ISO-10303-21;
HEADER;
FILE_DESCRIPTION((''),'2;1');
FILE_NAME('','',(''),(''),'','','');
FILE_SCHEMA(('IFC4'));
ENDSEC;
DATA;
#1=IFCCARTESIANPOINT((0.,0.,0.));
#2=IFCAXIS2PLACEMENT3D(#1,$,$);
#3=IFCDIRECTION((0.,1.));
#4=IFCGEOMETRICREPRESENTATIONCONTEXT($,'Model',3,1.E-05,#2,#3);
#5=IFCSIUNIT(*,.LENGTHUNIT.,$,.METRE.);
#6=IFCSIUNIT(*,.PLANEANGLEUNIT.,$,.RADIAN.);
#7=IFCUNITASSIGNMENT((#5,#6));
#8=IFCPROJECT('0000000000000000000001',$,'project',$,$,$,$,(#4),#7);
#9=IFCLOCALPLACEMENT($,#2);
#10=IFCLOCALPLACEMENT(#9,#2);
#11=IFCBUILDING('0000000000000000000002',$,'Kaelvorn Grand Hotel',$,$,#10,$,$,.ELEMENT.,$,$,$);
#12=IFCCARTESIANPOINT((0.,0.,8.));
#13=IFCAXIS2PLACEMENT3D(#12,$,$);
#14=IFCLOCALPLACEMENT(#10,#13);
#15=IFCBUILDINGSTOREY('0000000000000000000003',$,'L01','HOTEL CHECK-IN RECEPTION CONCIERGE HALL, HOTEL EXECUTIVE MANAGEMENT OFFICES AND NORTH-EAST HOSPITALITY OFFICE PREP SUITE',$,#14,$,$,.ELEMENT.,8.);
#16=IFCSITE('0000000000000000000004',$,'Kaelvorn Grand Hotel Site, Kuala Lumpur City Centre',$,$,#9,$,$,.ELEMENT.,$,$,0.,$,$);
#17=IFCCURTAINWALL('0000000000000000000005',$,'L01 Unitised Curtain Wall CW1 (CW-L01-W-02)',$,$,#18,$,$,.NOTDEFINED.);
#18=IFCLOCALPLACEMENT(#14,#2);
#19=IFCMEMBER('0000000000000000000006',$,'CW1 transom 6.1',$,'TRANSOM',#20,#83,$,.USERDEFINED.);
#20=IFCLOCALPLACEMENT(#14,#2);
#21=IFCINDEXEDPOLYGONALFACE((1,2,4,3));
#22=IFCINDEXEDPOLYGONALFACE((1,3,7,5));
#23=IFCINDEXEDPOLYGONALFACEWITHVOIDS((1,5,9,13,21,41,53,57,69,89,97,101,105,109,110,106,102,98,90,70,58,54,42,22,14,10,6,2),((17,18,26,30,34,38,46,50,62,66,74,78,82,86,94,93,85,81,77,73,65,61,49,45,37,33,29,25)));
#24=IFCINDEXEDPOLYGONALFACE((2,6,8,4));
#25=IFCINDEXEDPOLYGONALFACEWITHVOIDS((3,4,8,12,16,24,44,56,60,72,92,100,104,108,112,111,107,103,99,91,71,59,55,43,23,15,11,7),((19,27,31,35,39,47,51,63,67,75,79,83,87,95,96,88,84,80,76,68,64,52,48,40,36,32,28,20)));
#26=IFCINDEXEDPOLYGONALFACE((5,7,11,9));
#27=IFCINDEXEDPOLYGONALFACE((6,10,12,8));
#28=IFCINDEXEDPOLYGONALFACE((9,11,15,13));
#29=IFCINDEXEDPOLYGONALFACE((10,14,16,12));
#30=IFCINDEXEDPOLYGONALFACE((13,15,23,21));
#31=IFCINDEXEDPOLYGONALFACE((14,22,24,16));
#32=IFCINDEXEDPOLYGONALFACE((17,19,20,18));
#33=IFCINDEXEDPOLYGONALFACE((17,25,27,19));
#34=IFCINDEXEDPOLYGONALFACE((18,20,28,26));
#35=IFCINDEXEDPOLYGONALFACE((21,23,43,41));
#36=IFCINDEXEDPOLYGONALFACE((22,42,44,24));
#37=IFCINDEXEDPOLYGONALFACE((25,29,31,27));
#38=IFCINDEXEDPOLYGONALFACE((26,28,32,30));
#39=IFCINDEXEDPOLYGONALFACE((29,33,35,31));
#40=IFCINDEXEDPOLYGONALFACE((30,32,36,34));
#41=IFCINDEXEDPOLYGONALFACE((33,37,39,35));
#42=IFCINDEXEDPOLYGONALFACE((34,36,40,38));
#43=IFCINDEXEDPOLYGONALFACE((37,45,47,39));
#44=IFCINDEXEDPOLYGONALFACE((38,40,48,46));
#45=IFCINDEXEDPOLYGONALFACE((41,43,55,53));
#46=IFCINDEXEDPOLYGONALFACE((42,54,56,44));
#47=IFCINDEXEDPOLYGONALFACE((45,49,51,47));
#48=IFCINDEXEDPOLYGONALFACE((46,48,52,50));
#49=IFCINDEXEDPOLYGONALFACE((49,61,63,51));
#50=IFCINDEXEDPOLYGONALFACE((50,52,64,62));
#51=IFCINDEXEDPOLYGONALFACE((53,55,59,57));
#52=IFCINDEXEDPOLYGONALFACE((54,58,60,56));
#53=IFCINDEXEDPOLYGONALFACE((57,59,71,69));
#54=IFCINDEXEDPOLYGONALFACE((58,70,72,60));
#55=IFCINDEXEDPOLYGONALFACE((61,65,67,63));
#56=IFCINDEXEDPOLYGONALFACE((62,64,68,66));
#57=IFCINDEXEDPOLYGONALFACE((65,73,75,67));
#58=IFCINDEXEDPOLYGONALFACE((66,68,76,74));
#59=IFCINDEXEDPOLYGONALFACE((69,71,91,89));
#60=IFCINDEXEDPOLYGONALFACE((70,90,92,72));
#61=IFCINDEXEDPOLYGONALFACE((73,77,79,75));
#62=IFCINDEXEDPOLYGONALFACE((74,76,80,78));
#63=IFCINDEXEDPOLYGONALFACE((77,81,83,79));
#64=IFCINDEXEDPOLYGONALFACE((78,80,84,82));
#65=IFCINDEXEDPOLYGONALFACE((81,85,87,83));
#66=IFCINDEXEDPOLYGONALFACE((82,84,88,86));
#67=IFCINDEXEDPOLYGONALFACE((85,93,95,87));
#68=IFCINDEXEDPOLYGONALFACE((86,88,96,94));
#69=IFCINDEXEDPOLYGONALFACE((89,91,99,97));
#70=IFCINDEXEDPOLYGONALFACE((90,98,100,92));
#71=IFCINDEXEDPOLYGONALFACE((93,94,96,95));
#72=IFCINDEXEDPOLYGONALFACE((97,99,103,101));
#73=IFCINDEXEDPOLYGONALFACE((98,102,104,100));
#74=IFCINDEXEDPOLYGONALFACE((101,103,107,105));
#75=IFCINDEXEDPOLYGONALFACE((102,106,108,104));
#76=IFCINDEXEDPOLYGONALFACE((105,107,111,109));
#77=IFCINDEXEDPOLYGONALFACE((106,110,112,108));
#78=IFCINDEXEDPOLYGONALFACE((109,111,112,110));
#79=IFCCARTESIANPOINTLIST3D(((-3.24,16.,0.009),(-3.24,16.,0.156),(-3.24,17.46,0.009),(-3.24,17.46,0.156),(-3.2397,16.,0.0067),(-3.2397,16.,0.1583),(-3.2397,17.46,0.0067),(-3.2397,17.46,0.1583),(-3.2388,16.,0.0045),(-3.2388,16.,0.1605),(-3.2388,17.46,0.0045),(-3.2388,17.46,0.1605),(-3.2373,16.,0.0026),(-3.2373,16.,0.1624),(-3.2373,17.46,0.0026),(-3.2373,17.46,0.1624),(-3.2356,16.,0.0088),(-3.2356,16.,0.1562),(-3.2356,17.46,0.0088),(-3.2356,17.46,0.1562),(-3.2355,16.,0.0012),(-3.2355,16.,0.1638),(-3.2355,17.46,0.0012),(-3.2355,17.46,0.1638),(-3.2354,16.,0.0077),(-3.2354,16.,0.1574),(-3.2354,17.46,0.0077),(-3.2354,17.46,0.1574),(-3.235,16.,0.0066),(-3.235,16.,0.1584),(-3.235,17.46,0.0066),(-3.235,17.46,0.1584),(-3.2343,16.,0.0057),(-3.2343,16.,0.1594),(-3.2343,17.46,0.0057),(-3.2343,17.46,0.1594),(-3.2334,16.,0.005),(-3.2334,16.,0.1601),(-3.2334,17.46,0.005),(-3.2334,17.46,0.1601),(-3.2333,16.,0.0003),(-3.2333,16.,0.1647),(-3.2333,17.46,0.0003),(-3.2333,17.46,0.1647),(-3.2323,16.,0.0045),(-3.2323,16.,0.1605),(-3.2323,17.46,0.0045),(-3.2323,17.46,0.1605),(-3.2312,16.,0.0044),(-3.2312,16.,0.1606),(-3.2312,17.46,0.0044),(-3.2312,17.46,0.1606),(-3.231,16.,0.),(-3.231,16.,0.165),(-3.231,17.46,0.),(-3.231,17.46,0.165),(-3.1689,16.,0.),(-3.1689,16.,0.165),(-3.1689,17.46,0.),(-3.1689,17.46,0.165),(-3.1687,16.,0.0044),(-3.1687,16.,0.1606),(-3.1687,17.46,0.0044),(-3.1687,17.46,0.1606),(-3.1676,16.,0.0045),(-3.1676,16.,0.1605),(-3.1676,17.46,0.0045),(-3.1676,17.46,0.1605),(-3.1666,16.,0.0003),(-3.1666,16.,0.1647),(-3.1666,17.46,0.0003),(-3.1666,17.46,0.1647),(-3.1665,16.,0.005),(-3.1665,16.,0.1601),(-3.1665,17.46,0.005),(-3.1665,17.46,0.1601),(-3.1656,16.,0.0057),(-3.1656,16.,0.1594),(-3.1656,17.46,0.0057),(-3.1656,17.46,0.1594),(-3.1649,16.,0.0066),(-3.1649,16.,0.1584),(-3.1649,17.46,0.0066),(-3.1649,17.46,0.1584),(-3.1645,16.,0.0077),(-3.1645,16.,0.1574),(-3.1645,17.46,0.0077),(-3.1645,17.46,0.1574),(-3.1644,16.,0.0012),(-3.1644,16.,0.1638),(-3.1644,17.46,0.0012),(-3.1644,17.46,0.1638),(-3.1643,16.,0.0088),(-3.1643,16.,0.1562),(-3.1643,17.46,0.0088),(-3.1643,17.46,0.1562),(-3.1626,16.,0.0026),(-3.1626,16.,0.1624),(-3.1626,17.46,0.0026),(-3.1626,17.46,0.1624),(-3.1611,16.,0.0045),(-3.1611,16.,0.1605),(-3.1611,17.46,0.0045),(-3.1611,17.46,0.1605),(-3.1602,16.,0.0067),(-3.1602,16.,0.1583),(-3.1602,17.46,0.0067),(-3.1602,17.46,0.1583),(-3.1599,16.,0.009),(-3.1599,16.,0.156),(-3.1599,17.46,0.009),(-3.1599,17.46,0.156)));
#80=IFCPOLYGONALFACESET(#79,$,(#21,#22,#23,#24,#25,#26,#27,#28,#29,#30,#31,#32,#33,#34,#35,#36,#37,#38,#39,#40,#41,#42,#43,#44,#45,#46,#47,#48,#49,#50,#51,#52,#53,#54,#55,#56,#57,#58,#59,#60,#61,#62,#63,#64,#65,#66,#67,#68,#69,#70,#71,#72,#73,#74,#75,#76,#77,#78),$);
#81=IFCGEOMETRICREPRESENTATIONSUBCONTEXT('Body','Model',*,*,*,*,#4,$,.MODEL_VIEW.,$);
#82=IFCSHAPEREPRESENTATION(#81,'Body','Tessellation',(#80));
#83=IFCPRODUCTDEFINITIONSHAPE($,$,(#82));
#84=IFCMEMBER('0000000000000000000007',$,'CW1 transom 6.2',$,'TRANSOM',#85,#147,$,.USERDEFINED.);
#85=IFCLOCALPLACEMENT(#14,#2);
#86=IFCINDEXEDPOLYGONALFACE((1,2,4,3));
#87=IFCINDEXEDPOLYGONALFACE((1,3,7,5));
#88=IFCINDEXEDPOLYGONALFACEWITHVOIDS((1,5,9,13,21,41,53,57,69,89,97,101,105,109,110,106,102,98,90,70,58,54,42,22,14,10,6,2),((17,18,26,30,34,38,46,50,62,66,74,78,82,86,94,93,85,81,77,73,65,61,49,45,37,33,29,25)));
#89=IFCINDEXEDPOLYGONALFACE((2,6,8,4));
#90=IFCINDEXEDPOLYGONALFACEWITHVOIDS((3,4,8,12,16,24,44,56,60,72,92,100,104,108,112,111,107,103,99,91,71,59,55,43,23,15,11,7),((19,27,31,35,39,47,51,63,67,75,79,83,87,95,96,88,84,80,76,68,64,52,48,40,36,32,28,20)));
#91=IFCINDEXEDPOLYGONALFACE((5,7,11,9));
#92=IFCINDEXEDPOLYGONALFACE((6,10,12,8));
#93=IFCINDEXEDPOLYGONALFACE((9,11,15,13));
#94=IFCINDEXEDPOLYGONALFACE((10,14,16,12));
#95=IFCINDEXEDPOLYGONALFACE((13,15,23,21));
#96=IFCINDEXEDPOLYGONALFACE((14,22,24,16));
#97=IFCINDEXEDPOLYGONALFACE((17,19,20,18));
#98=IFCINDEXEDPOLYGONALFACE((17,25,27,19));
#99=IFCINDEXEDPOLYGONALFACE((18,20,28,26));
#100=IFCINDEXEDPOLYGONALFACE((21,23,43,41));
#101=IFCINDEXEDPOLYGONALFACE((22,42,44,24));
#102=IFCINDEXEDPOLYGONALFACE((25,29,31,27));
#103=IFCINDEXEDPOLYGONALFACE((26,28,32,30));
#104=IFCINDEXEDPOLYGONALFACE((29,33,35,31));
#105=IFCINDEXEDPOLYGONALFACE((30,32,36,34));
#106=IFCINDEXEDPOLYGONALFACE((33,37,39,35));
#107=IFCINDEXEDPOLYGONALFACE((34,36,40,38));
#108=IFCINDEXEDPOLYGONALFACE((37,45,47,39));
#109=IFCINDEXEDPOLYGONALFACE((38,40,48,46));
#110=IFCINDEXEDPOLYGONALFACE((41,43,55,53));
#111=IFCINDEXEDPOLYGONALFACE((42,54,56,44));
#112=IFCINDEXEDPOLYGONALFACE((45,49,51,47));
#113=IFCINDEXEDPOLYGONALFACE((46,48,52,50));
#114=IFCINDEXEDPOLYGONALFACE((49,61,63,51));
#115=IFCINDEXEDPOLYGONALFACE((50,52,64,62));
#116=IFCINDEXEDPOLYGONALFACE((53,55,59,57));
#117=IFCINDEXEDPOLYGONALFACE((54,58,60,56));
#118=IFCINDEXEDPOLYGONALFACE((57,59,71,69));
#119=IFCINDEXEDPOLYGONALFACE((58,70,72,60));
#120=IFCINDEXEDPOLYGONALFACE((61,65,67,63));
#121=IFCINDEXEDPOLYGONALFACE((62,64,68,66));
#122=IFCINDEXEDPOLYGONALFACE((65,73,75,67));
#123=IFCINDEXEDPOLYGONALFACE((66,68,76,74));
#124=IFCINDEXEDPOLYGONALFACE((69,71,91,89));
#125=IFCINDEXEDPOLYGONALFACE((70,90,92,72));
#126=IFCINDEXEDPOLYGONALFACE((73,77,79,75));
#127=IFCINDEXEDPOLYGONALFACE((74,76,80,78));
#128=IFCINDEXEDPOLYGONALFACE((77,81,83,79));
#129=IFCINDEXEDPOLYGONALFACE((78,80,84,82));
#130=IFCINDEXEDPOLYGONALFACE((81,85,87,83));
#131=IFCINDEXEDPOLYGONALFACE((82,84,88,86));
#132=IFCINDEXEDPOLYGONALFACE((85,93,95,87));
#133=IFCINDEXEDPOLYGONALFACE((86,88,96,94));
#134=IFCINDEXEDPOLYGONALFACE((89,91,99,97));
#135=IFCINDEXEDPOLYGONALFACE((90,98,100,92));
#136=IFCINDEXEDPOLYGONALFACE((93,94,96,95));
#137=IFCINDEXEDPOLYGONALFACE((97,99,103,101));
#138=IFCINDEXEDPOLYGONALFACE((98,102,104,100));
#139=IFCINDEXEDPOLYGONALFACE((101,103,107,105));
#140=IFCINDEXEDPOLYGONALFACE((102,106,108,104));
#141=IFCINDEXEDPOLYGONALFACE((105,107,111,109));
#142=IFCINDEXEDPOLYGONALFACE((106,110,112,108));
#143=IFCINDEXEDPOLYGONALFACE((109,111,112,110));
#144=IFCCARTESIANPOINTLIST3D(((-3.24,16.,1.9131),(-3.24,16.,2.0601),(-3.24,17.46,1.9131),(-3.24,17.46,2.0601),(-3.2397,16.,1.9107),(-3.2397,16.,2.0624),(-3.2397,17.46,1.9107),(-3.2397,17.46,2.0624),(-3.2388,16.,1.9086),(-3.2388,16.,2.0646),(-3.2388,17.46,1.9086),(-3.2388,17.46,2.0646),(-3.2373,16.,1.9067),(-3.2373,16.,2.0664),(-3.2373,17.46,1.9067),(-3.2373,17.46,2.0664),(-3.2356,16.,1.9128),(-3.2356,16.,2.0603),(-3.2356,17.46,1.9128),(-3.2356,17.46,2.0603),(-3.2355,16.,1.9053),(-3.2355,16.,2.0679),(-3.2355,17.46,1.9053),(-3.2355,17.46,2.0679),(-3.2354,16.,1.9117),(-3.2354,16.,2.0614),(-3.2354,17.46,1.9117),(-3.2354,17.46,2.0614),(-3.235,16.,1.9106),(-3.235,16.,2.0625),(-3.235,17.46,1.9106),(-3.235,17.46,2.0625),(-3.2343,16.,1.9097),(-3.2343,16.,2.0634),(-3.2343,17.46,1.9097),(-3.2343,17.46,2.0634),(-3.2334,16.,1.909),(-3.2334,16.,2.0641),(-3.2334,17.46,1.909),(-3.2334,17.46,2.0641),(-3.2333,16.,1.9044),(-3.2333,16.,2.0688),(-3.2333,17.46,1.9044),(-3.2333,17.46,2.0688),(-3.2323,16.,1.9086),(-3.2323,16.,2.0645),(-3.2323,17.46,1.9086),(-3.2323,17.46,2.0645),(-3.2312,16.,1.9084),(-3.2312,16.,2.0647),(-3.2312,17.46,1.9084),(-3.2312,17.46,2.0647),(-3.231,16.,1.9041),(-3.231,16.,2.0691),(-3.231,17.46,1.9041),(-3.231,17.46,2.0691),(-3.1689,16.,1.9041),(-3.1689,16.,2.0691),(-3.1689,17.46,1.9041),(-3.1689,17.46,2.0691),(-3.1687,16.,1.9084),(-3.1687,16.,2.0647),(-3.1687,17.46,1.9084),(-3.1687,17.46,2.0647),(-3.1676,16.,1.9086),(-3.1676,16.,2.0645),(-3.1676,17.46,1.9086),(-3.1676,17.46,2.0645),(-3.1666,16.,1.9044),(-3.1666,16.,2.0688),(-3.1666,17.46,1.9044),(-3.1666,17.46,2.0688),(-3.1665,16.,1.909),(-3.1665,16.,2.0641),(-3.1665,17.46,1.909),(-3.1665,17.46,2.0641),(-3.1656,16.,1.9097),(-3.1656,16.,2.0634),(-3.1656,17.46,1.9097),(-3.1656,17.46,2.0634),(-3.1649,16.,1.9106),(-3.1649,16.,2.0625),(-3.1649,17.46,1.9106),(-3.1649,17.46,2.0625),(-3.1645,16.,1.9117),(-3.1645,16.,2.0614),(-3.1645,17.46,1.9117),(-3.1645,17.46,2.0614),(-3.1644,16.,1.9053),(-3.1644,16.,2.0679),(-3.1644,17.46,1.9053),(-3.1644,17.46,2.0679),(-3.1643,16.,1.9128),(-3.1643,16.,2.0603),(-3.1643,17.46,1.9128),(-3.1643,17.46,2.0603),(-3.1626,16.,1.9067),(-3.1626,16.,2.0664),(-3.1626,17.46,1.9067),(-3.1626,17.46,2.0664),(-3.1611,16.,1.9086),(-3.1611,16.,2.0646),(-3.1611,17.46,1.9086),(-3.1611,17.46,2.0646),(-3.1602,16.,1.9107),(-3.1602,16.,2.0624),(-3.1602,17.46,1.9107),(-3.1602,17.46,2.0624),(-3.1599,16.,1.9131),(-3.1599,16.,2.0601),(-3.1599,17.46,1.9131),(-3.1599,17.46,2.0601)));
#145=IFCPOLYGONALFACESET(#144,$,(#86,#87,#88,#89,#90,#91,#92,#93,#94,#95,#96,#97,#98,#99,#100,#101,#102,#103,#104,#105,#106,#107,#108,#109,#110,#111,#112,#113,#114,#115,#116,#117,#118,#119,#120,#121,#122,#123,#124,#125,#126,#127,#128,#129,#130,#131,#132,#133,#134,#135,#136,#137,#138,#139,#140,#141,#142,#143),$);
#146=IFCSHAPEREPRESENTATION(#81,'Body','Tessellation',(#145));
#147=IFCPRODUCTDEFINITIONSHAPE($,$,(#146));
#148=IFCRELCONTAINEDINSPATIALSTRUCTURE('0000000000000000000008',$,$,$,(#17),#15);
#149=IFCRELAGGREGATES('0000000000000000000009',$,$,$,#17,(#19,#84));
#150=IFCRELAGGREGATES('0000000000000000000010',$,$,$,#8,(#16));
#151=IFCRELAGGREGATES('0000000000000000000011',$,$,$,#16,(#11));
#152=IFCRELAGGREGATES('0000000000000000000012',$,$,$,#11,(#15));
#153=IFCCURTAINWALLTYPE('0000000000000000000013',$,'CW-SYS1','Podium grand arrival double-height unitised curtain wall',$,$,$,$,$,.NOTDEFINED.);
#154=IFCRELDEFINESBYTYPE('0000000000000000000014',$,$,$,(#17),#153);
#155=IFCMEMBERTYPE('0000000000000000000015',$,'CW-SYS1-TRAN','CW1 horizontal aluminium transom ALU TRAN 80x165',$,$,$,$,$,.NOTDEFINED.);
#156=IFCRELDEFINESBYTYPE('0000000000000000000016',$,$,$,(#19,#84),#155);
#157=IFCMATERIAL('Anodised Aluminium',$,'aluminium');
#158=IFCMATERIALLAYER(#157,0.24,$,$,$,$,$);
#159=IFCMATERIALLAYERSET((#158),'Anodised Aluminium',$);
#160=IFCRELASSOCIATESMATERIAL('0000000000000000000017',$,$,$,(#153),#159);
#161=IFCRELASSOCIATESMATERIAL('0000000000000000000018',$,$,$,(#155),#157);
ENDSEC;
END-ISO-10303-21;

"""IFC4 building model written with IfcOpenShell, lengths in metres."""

from ifc_helpers import new_model, si_unit, direction, frame, origin, origin_2d, place, context, subcontext, project, spatial, hollow_rectangle, extrude, material, layer, layer_set, material_profile, profile_set, type_object, element, aggregate, save


model = new_model("IFC4")

# Units and contexts
model_context = context("Model", 3, precision=1e-05, world=origin(), true_north=direction((0.0, 1.0)))
body_context = subcontext(model_context, "Body", "Model", "MODEL_VIEW")
ifc_project = project(units=[si_unit("LENGTHUNIT", "METRE"), si_unit("PLANEANGLEUNIT", "RADIAN")], contexts=[model_context])

# Site, building, storey
site_placement = place(None, origin())
site = spatial("IfcSite", under=ifc_project, at=site_placement, Name="Kaelvorn Grand Hotel Site, Kuala Lumpur City Centre", CompositionType="ELEMENT", RefElevation=0.0)
building_placement = place(site_placement, origin())
building = spatial("IfcBuilding", under=site, at=building_placement, Name="Kaelvorn Grand Hotel", CompositionType="ELEMENT")
storey_placement = place(building_placement, frame((0.0, 0.0, 8.0)))
storey = spatial("IfcBuildingStorey", under=building, at=storey_placement, Name="L01", Description="HOTEL CHECK-IN RECEPTION CONCIERGE HALL, HOTEL EXECUTIVE MANAGEMENT OFFICES AND NORTH-EAST HOSPITALITY OFFICE PREP SUITE", CompositionType="ELEMENT", Elevation=8.0)

# Curtain wall
ifc_material_1 = material(Name="Anodised Aluminium", Category="aluminium")
ifc_layer_1 = layer(ifc_material_1, 0.24)
ifc_layer_set_1 = layer_set([ifc_layer_1], Name="Anodised Aluminium")
curtain_wall_type = type_object("IfcCurtainWallType", Name="CW-SYS1", Description="Podium grand arrival double-height unitised curtain wall", PredefinedType="NOTDEFINED", material=ifc_layer_set_1)
curtain_wall_1_placement = place(storey_placement, origin())
curtain_wall_1 = element("IfcCurtainWall", 1, at=curtain_wall_1_placement, inside=storey, type_object=curtain_wall_type, Name="L01 Unitised Curtain Wall CW1 (CW-L01-W-02)", PredefinedType="NOTDEFINED")

# Members
ifc_material_profile_1 = material_profile(ifc_material_1, hollow_rectangle(XDim=0.0801, YDim=0.165, WallThickness=0.0044, InnerFilletRadius=0.0044, OuterFilletRadius=0.009, at=origin_2d()), Name="ALU TRAN 80x165")
ifc_profile_set_1 = profile_set([ifc_material_profile_1], Name="Anodised Aluminium")
member_type_1 = type_object("IfcMemberType", Name="CW-SYS1-TRAN", Description="CW1 horizontal aluminium transom ALU TRAN 80x165", PredefinedType="NOTDEFINED", material=ifc_profile_set_1)
member_1_placement = place(storey_placement, frame((-3.2, 17.46, 0.0825), z_axis=(0.0, -1.0, 0.0), x_axis=(1.0, 0.0, 0.0)))
member_1 = element("IfcMember", 2, at=member_1_placement, type_object=member_type_1, Name="CW1 transom 6.1", ObjectType="TRANSOM", PredefinedType="USERDEFINED", context=body_context, shape_type="SweptSolid", body=[
    extrude(hollow_rectangle(XDim=0.0801, YDim=0.165, WallThickness=0.0044, InnerFilletRadius=0.0044, OuterFilletRadius=0.009, at=origin_2d()), origin(), (0.0, 0.0, 1.0), 1.46),
])
member_2_placement = place(storey_placement, frame((-3.2, 17.46, 1.9866), z_axis=(0.0, -1.0, 0.0), x_axis=(1.0, 0.0, 0.0)))
member_2 = element("IfcMember", 3, at=member_2_placement, type_object=member_type_1, Name="CW1 transom 6.2", ObjectType="TRANSOM", PredefinedType="USERDEFINED", context=body_context, shape_type="SweptSolid", body=[
    extrude(hollow_rectangle(XDim=0.0801, YDim=0.165, WallThickness=0.0044, InnerFilletRadius=0.0044, OuterFilletRadius=0.009, at=origin_2d()), origin(), (0.0, 0.0, 1.0), 1.46),
])

aggregate(curtain_wall_1, [member_1, member_2])

save(model, "model.ifc")
